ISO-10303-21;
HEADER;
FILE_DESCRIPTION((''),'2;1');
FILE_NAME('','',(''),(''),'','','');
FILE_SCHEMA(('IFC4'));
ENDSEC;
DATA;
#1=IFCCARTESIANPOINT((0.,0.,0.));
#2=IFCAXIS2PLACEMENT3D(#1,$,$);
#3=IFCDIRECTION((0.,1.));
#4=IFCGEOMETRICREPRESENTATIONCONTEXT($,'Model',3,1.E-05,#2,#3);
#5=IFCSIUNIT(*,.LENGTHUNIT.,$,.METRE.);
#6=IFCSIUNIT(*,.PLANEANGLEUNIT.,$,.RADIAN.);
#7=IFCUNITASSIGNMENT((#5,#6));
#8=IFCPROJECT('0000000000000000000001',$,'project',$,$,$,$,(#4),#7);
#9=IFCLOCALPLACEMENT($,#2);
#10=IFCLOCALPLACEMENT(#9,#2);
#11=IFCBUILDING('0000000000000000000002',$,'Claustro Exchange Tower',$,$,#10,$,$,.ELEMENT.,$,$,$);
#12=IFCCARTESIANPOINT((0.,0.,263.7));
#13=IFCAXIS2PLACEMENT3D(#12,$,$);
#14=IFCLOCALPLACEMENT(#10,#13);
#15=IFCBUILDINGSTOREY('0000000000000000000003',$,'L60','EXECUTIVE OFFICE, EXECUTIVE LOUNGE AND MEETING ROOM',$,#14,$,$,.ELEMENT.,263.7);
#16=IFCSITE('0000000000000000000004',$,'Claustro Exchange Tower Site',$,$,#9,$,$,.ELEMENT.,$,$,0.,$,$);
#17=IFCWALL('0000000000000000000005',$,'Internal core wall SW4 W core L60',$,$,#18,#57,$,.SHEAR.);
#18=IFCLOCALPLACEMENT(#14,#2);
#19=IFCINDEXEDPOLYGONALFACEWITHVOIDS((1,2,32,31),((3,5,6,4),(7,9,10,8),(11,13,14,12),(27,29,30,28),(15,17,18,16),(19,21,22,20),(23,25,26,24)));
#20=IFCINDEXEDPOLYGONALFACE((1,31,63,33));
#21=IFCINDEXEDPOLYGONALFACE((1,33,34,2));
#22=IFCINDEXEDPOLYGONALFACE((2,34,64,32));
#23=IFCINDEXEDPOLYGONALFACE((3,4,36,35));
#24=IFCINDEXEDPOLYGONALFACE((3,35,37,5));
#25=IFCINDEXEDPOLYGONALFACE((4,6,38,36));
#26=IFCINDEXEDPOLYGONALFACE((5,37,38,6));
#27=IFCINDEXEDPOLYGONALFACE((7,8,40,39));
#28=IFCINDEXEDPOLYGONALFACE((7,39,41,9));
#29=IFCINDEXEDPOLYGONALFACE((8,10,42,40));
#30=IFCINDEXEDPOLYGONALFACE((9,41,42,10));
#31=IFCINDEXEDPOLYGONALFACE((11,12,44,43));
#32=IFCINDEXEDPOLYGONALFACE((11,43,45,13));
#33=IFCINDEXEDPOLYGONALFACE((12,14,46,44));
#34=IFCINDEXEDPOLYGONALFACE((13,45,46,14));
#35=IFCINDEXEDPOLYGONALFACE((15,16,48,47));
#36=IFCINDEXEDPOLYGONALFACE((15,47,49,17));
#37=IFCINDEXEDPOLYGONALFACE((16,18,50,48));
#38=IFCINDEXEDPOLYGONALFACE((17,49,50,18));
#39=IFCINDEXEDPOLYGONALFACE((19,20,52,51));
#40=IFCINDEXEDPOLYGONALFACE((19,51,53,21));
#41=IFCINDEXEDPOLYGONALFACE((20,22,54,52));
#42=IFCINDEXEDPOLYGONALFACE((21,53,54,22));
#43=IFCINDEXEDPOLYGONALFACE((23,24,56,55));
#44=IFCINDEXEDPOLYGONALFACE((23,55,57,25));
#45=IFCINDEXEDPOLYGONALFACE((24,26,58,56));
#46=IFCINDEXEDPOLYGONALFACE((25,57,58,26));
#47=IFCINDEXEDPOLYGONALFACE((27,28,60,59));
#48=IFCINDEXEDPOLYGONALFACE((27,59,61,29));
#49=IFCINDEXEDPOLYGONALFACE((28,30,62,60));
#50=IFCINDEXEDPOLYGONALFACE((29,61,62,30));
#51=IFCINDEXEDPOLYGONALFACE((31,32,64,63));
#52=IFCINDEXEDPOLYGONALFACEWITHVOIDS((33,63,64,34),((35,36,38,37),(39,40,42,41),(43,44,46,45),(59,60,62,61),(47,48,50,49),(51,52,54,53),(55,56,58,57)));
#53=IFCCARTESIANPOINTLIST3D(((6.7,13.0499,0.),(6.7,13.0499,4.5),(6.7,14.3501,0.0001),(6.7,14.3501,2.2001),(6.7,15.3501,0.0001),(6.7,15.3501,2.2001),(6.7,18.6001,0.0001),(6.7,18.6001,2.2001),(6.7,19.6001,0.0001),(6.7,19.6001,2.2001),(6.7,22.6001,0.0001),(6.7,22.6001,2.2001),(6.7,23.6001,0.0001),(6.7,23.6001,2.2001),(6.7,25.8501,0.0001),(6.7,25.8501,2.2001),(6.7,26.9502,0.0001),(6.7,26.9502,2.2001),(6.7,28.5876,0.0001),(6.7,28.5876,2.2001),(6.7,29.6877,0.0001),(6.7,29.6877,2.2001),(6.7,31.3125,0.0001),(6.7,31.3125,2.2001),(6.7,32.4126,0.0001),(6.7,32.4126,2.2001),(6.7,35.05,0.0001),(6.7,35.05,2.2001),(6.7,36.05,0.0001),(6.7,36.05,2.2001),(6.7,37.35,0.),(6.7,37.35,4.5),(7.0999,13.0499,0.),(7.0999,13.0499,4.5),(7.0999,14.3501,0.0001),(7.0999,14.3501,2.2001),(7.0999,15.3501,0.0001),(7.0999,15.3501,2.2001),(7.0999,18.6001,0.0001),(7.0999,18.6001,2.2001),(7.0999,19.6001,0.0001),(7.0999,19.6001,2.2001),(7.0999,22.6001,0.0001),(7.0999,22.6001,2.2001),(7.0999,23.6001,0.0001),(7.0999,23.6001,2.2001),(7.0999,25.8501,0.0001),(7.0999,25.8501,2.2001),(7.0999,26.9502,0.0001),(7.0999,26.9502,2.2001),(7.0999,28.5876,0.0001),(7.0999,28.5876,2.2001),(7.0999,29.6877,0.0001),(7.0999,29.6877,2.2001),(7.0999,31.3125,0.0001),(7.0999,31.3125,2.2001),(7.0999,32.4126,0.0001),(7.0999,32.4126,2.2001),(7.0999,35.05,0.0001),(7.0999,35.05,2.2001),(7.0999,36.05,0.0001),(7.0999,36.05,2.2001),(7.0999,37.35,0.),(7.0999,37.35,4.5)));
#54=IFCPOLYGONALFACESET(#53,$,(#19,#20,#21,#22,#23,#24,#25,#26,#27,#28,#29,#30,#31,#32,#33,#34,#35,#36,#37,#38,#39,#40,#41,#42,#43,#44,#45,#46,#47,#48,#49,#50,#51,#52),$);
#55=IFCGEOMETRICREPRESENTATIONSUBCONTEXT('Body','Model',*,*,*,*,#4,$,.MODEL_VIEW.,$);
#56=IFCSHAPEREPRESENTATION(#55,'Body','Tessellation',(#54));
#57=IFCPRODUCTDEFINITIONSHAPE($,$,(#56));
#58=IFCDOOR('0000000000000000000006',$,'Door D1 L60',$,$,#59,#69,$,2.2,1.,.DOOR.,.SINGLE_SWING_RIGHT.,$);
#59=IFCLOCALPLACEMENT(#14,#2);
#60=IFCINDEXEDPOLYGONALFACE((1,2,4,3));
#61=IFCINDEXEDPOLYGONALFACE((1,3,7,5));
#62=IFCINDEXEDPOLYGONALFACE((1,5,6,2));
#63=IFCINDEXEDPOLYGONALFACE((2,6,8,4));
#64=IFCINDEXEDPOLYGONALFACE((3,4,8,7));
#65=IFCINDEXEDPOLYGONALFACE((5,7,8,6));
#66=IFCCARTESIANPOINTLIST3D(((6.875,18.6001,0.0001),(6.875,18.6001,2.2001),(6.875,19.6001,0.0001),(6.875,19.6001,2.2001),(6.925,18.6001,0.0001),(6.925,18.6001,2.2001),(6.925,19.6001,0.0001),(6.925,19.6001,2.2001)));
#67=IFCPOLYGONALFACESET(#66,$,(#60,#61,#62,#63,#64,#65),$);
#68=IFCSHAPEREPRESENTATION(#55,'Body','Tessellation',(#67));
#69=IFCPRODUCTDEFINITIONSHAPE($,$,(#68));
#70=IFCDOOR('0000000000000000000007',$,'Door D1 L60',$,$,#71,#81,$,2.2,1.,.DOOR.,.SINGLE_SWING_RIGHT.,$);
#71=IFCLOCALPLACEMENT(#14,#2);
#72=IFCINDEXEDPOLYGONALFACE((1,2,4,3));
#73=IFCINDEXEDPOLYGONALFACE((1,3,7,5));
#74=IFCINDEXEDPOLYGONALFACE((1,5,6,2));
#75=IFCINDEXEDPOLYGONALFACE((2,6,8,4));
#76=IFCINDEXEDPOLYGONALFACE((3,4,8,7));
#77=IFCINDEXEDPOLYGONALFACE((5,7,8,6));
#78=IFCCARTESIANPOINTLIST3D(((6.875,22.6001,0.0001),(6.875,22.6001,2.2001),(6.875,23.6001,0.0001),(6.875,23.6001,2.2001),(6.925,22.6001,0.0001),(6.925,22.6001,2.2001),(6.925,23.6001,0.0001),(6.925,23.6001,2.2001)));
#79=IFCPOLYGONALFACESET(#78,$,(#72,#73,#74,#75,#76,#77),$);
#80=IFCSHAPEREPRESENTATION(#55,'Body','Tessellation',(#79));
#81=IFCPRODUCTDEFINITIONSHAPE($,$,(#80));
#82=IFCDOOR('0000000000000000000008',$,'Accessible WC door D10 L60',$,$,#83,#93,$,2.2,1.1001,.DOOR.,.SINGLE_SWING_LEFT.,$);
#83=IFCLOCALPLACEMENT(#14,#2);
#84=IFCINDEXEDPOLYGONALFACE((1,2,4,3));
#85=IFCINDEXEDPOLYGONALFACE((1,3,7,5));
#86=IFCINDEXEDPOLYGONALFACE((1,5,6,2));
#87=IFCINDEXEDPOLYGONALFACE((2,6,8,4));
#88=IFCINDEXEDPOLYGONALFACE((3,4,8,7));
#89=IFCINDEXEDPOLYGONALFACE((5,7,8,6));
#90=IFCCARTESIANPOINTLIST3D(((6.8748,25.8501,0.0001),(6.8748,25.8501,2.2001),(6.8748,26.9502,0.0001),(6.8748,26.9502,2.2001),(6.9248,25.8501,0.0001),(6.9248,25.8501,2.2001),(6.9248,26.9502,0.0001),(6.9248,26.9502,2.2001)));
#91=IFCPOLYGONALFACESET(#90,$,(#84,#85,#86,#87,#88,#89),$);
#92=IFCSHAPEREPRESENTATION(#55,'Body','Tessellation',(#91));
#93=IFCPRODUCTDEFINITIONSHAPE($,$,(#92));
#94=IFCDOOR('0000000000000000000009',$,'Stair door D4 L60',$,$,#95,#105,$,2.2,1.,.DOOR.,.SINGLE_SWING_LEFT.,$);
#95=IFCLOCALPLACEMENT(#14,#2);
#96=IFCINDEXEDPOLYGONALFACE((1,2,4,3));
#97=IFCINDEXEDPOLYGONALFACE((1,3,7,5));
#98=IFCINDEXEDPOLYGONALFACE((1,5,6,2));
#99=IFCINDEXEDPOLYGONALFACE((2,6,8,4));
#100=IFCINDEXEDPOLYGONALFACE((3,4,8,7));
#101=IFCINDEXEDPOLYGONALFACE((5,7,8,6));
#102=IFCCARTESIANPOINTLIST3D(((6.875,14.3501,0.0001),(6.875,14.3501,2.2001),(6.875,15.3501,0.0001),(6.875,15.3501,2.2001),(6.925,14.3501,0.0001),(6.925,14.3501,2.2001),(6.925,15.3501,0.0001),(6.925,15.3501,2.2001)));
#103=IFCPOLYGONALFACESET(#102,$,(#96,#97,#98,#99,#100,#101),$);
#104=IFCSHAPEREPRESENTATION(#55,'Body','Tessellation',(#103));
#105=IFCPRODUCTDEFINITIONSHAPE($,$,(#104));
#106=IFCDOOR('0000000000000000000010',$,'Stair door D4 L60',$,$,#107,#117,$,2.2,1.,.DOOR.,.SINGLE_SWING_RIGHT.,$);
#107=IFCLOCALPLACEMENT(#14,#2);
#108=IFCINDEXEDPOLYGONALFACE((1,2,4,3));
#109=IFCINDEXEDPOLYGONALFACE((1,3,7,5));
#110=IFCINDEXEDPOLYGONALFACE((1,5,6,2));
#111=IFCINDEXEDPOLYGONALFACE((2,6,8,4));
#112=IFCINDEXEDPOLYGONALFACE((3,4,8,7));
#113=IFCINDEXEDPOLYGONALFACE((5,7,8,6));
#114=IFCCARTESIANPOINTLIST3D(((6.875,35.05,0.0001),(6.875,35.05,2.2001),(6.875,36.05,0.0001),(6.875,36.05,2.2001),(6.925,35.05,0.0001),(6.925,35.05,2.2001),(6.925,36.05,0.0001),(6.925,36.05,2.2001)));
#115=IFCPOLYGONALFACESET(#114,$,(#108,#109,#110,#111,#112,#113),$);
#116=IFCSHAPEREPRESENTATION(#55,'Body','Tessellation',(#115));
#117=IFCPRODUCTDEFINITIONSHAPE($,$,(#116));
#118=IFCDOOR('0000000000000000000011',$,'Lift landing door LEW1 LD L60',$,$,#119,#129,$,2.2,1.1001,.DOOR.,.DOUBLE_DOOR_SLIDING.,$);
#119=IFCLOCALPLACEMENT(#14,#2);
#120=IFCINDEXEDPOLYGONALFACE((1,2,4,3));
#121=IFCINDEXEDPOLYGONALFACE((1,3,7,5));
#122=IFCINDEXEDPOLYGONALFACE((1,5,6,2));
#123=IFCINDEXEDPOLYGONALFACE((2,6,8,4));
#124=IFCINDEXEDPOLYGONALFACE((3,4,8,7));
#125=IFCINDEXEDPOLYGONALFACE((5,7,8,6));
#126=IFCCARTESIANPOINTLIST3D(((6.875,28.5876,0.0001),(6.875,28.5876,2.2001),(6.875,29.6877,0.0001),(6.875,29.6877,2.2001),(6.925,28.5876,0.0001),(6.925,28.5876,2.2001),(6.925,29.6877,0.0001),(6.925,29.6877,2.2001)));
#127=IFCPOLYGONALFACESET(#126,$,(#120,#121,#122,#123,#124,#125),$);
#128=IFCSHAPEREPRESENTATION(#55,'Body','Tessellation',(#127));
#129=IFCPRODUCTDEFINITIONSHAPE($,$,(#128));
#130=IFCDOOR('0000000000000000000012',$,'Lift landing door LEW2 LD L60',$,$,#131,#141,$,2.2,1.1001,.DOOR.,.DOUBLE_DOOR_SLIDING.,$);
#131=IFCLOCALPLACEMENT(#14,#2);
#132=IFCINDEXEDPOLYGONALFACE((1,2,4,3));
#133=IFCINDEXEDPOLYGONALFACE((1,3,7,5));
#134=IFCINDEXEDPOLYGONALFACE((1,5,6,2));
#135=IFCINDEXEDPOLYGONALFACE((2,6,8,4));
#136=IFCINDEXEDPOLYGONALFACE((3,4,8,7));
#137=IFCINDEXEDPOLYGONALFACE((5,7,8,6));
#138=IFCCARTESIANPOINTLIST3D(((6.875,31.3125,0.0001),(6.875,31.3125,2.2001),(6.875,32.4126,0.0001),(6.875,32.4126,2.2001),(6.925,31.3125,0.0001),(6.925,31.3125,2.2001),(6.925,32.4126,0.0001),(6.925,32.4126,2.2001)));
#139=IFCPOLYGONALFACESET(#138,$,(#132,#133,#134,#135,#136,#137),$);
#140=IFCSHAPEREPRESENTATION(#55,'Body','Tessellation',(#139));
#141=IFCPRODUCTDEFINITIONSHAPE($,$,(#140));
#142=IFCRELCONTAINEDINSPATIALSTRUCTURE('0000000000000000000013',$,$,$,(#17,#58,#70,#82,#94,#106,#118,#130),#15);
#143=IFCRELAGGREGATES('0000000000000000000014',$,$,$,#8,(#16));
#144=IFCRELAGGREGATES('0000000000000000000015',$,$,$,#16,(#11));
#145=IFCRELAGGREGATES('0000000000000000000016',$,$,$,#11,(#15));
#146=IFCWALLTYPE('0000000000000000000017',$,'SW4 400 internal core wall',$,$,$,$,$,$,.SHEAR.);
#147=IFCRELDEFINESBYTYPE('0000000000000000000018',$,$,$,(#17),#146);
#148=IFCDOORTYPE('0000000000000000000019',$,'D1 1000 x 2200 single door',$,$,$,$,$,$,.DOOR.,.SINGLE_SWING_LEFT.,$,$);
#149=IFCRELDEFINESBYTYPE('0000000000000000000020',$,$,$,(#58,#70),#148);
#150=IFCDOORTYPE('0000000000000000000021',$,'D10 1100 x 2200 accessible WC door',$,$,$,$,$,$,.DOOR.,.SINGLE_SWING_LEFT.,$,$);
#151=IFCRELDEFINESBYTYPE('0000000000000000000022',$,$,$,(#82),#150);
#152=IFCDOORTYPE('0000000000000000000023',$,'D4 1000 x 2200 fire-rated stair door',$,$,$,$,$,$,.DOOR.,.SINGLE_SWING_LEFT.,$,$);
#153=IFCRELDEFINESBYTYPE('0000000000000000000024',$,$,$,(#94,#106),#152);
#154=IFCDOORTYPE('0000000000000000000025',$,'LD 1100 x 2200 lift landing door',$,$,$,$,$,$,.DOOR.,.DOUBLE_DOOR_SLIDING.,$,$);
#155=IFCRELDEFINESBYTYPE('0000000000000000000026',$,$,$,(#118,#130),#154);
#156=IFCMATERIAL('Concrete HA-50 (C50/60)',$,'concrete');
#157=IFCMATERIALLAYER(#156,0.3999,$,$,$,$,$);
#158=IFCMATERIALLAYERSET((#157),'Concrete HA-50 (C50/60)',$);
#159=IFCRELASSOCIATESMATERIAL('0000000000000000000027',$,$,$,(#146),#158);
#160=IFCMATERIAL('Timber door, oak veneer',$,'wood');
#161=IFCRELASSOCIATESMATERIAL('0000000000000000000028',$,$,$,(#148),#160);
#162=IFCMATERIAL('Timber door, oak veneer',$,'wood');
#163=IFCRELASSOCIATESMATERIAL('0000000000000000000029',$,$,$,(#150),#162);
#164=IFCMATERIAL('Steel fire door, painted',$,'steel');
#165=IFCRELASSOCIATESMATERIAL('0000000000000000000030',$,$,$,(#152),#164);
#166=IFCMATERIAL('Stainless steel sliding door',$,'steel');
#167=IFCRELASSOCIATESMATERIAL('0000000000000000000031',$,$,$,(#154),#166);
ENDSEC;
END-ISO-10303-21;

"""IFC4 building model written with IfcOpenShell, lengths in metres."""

from ifc_helpers import new_model, si_unit, direction, frame, frame_2d, origin, place, context, subcontext, project, spatial, rectangle, extrude, material, layer, layer_set, type_object, element, fill, save


model = new_model("IFC4")

# Units and contexts
model_context = context("Model", 3, precision=1e-05, world=origin(), true_north=direction((0.0, 1.0)))
body_context = subcontext(model_context, "Body", "Model", "MODEL_VIEW")
ifc_project = project(units=[si_unit("LENGTHUNIT", "METRE"), si_unit("PLANEANGLEUNIT", "RADIAN")], contexts=[model_context])

# Site, building, storey
site_placement = place(None, origin())
site = spatial("IfcSite", under=ifc_project, at=site_placement, Name="Claustro Exchange Tower Site", CompositionType="ELEMENT", RefElevation=0.0)
building_placement = place(site_placement, origin())
building = spatial("IfcBuilding", under=site, at=building_placement, Name="Claustro Exchange Tower", CompositionType="ELEMENT")
storey_placement = place(building_placement, frame((0.0, 0.0, 263.7)))
storey = spatial("IfcBuildingStorey", under=building, at=storey_placement, Name="L60", Description="EXECUTIVE OFFICE, EXECUTIVE LOUNGE AND MEETING ROOM", CompositionType="ELEMENT", Elevation=263.7)

# Wall, openings, doors
ifc_material_1 = material(Name="Concrete HA-50 (C50/60)", Category="concrete")
ifc_layer_1 = layer(ifc_material_1, 0.3999)
ifc_layer_set_1 = layer_set([ifc_layer_1], Name="Concrete HA-50 (C50/60)")
wall_type_1 = type_object("IfcWallType", Name="SW4 400 internal core wall", PredefinedType="SHEAR", material=ifc_layer_set_1)
wall_1_placement = place(storey_placement, frame((6.8999, 13.05, 0.0), z_axis=(0.0, 0.0, 1.0), x_axis=(0.0, 1.0, 0.0)))
wall_1 = element("IfcWall", 1, at=wall_1_placement, inside=storey, type_object=wall_type_1, Name="Internal core wall SW4 W core L60", PredefinedType="SHEAR", context=body_context, shape_type="SweptSolid", body=[
    extrude(rectangle(XDim=24.3, YDim=0.3999, at=frame_2d((12.1499, 0.0))), origin(), (0.0, 0.0, 1.0), 4.5),
])
opening_1_placement = place(wall_1_placement, frame((1.3, 0.0, 0.0)))
opening_1 = element("IfcOpeningElement", 2, at=opening_1_placement, cuts=wall_1, PredefinedType="OPENING", context=body_context, shape_type="SweptSolid", body=[
    extrude(rectangle(XDim=1.0, YDim=2.2, at=frame_2d((0.5, 1.1001))), frame((0.0, 0.21, 0.0), z_axis=(0.0, -1.0, 0.0), x_axis=(1.0, 0.0, 0.0)), (0.0, 0.0, 1.0), 0.4199),
])
opening_2_placement = place(wall_1_placement, frame((22.0, 0.0, 0.0)))
opening_2 = element("IfcOpeningElement", 3, at=opening_2_placement, cuts=wall_1, PredefinedType="OPENING", context=body_context, shape_type="SweptSolid", body=[
    extrude(rectangle(XDim=1.0, YDim=2.2, at=frame_2d((0.5, 1.1001))), frame((0.0, 0.21, 0.0), z_axis=(0.0, -1.0, 0.0), x_axis=(1.0, 0.0, 0.0)), (0.0, 0.0, 1.0), 0.4199),
])
opening_3_placement = place(wall_1_placement, frame((5.55, 0.0, 0.0)))
opening_3 = element("IfcOpeningElement", 4, at=opening_3_placement, cuts=wall_1, PredefinedType="OPENING", context=body_context, shape_type="SweptSolid", body=[
    extrude(rectangle(XDim=1.0, YDim=2.2, at=frame_2d((0.5, 1.1001))), frame((0.0, 0.21, 0.0), z_axis=(0.0, -1.0, 0.0), x_axis=(1.0, 0.0, 0.0)), (0.0, 0.0, 1.0), 0.4199),
])
opening_4_placement = place(wall_1_placement, frame((9.55, 0.0, 0.0)))
opening_4 = element("IfcOpeningElement", 5, at=opening_4_placement, cuts=wall_1, PredefinedType="OPENING", context=body_context, shape_type="SweptSolid", body=[
    extrude(rectangle(XDim=1.0, YDim=2.2, at=frame_2d((0.5, 1.1001))), frame((0.0, 0.21, 0.0), z_axis=(0.0, -1.0, 0.0), x_axis=(1.0, 0.0, 0.0)), (0.0, 0.0, 1.0), 0.4199),
])
opening_5_placement = place(wall_1_placement, frame((12.8, 0.0, 0.0)))
opening_5 = element("IfcOpeningElement", 6, at=opening_5_placement, cuts=wall_1, PredefinedType="OPENING", context=body_context, shape_type="SweptSolid", body=[
    extrude(rectangle(XDim=1.1001, YDim=2.2, at=frame_2d((0.55, 1.1001))), frame((0.0, 0.21, 0.0), z_axis=(0.0, -1.0, 0.0), x_axis=(1.0, 0.0, 0.0)), (0.0, 0.0, 1.0), 0.4199),
])
opening_6_placement = place(wall_1_placement, frame((15.5376, 0.0, 0.0)))
opening_6 = element("IfcOpeningElement", 7, at=opening_6_placement, cuts=wall_1, PredefinedType="OPENING", context=body_context, shape_type="SweptSolid", body=[
    extrude(rectangle(XDim=1.1001, YDim=2.2, at=frame_2d((0.55, 1.1001))), frame((0.0, 0.21, 0.0), z_axis=(0.0, -1.0, 0.0), x_axis=(1.0, 0.0, 0.0)), (0.0, 0.0, 1.0), 0.4199),
])
opening_7_placement = place(wall_1_placement, frame((18.2625, 0.0, 0.0)))
opening_7 = element("IfcOpeningElement", 8, at=opening_7_placement, cuts=wall_1, PredefinedType="OPENING", context=body_context, shape_type="SweptSolid", body=[
    extrude(rectangle(XDim=1.1001, YDim=2.2, at=frame_2d((0.55, 1.1001))), frame((0.0, 0.21, 0.0), z_axis=(0.0, -1.0, 0.0), x_axis=(1.0, 0.0, 0.0)), (0.0, 0.0, 1.0), 0.4199),
])
ifc_material_2 = material(Name="Timber door, oak veneer", Category="wood")
door_type_1 = type_object("IfcDoorType", Name="D1 1000 x 2200 single door", OperationType="SINGLE_SWING_LEFT", PredefinedType="DOOR", material=ifc_material_2)
door_1_placement = place(opening_3_placement, origin())
door_1 = element("IfcDoor", 9, at=door_1_placement, inside=storey, type_object=door_type_1, Name="Door D1 L60", OperationType="SINGLE_SWING_RIGHT", OverallHeight=2.2, OverallWidth=1.0, PredefinedType="DOOR", context=body_context, shape_type="SweptSolid", body=[
    extrude(rectangle(XDim=1.0, YDim=2.2, at=frame_2d((0.5, 1.1001))), frame((0.0, 0.0249, 0.0), z_axis=(0.0, -1.0, 0.0), x_axis=(1.0, 0.0, 0.0)), (0.0, 0.0, 1.0), 0.05),
])
fill(opening_3, door_1)
door_2_placement = place(opening_4_placement, origin())
door_2 = element("IfcDoor", 10, at=door_2_placement, inside=storey, type_object=door_type_1, Name="Door D1 L60", OperationType="SINGLE_SWING_RIGHT", OverallHeight=2.2, OverallWidth=1.0, PredefinedType="DOOR", context=body_context, shape_type="SweptSolid", body=[
    extrude(rectangle(XDim=1.0, YDim=2.2, at=frame_2d((0.5, 1.1001))), frame((0.0, 0.0249, 0.0), z_axis=(0.0, -1.0, 0.0), x_axis=(1.0, 0.0, 0.0)), (0.0, 0.0, 1.0), 0.05),
])
fill(opening_4, door_2)
ifc_material_3 = material(Name="Timber door, oak veneer", Category="wood")
door_type_2 = type_object("IfcDoorType", Name="D10 1100 x 2200 accessible WC door", OperationType="SINGLE_SWING_LEFT", PredefinedType="DOOR", material=ifc_material_3)
door_3_placement = place(opening_5_placement, frame((1.1001, 0.0, 0.0), z_axis=(0.0, 0.0, 1.0), x_axis=(-1.0, 0.0, 0.0)))
door_3 = element("IfcDoor", 11, at=door_3_placement, inside=storey, type_object=door_type_2, Name="Accessible WC door D10 L60", OperationType="SINGLE_SWING_LEFT", OverallHeight=2.2, OverallWidth=1.1001, PredefinedType="DOOR", context=body_context, shape_type="SweptSolid", body=[
    extrude(rectangle(XDim=1.1001, YDim=2.2, at=frame_2d((0.55, 1.1001))), frame((0.0, 0.0249, 0.0), z_axis=(0.0, -1.0, 0.0), x_axis=(1.0, 0.0, 0.0)), (0.0, 0.0, 1.0), 0.05),
])
fill(opening_5, door_3)
ifc_material_4 = material(Name="Steel fire door, painted", Category="steel")
door_type_3 = type_object("IfcDoorType", Name="D4 1000 x 2200 fire-rated stair door", OperationType="SINGLE_SWING_LEFT", PredefinedType="DOOR", material=ifc_material_4)
door_4_placement = place(opening_1_placement, origin())
door_4 = element("IfcDoor", 12, at=door_4_placement, inside=storey, type_object=door_type_3, Name="Stair door D4 L60", OperationType="SINGLE_SWING_LEFT", OverallHeight=2.2, OverallWidth=1.0, PredefinedType="DOOR", context=body_context, shape_type="SweptSolid", body=[
    extrude(rectangle(XDim=1.0, YDim=2.2, at=frame_2d((0.5, 1.1001))), frame((0.0, 0.0249, 0.0), z_axis=(0.0, -1.0, 0.0), x_axis=(1.0, 0.0, 0.0)), (0.0, 0.0, 1.0), 0.05),
])
fill(opening_1, door_4)
door_5_placement = place(opening_2_placement, origin())
door_5 = element("IfcDoor", 13, at=door_5_placement, inside=storey, type_object=door_type_3, Name="Stair door D4 L60", OperationType="SINGLE_SWING_RIGHT", OverallHeight=2.2, OverallWidth=1.0, PredefinedType="DOOR", context=body_context, shape_type="SweptSolid", body=[
    extrude(rectangle(XDim=1.0, YDim=2.2, at=frame_2d((0.5, 1.1001))), frame((0.0, 0.0249, 0.0), z_axis=(0.0, -1.0, 0.0), x_axis=(1.0, 0.0, 0.0)), (0.0, 0.0, 1.0), 0.05),
])
fill(opening_2, door_5)
ifc_material_5 = material(Name="Stainless steel sliding door", Category="steel")
door_type_4 = type_object("IfcDoorType", Name="LD 1100 x 2200 lift landing door", OperationType="DOUBLE_DOOR_SLIDING", PredefinedType="DOOR", material=ifc_material_5)
door_6_placement = place(opening_6_placement, origin())
door_6 = element("IfcDoor", 14, at=door_6_placement, inside=storey, type_object=door_type_4, Name="Lift landing door LEW1 LD L60", OperationType="DOUBLE_DOOR_SLIDING", OverallHeight=2.2, OverallWidth=1.1001, PredefinedType="DOOR", context=body_context, shape_type="SweptSolid", body=[
    extrude(rectangle(XDim=1.1001, YDim=2.2, at=frame_2d((0.55, 1.1001))), frame((0.0, 0.0249, 0.0), z_axis=(0.0, -1.0, 0.0), x_axis=(1.0, 0.0, 0.0)), (0.0, 0.0, 1.0), 0.05),
])
fill(opening_6, door_6)
door_7_placement = place(opening_7_placement, origin())
door_7 = element("IfcDoor", 15, at=door_7_placement, inside=storey, type_object=door_type_4, Name="Lift landing door LEW2 LD L60", OperationType="DOUBLE_DOOR_SLIDING", OverallHeight=2.2, OverallWidth=1.1001, PredefinedType="DOOR", context=body_context, shape_type="SweptSolid", body=[
    extrude(rectangle(XDim=1.1001, YDim=2.2, at=frame_2d((0.55, 1.1001))), frame((0.0, 0.0249, 0.0), z_axis=(0.0, -1.0, 0.0), x_axis=(1.0, 0.0, 0.0)), (0.0, 0.0, 1.0), 0.05),
])
fill(opening_7, door_7)

save(model, "model.ifc")
